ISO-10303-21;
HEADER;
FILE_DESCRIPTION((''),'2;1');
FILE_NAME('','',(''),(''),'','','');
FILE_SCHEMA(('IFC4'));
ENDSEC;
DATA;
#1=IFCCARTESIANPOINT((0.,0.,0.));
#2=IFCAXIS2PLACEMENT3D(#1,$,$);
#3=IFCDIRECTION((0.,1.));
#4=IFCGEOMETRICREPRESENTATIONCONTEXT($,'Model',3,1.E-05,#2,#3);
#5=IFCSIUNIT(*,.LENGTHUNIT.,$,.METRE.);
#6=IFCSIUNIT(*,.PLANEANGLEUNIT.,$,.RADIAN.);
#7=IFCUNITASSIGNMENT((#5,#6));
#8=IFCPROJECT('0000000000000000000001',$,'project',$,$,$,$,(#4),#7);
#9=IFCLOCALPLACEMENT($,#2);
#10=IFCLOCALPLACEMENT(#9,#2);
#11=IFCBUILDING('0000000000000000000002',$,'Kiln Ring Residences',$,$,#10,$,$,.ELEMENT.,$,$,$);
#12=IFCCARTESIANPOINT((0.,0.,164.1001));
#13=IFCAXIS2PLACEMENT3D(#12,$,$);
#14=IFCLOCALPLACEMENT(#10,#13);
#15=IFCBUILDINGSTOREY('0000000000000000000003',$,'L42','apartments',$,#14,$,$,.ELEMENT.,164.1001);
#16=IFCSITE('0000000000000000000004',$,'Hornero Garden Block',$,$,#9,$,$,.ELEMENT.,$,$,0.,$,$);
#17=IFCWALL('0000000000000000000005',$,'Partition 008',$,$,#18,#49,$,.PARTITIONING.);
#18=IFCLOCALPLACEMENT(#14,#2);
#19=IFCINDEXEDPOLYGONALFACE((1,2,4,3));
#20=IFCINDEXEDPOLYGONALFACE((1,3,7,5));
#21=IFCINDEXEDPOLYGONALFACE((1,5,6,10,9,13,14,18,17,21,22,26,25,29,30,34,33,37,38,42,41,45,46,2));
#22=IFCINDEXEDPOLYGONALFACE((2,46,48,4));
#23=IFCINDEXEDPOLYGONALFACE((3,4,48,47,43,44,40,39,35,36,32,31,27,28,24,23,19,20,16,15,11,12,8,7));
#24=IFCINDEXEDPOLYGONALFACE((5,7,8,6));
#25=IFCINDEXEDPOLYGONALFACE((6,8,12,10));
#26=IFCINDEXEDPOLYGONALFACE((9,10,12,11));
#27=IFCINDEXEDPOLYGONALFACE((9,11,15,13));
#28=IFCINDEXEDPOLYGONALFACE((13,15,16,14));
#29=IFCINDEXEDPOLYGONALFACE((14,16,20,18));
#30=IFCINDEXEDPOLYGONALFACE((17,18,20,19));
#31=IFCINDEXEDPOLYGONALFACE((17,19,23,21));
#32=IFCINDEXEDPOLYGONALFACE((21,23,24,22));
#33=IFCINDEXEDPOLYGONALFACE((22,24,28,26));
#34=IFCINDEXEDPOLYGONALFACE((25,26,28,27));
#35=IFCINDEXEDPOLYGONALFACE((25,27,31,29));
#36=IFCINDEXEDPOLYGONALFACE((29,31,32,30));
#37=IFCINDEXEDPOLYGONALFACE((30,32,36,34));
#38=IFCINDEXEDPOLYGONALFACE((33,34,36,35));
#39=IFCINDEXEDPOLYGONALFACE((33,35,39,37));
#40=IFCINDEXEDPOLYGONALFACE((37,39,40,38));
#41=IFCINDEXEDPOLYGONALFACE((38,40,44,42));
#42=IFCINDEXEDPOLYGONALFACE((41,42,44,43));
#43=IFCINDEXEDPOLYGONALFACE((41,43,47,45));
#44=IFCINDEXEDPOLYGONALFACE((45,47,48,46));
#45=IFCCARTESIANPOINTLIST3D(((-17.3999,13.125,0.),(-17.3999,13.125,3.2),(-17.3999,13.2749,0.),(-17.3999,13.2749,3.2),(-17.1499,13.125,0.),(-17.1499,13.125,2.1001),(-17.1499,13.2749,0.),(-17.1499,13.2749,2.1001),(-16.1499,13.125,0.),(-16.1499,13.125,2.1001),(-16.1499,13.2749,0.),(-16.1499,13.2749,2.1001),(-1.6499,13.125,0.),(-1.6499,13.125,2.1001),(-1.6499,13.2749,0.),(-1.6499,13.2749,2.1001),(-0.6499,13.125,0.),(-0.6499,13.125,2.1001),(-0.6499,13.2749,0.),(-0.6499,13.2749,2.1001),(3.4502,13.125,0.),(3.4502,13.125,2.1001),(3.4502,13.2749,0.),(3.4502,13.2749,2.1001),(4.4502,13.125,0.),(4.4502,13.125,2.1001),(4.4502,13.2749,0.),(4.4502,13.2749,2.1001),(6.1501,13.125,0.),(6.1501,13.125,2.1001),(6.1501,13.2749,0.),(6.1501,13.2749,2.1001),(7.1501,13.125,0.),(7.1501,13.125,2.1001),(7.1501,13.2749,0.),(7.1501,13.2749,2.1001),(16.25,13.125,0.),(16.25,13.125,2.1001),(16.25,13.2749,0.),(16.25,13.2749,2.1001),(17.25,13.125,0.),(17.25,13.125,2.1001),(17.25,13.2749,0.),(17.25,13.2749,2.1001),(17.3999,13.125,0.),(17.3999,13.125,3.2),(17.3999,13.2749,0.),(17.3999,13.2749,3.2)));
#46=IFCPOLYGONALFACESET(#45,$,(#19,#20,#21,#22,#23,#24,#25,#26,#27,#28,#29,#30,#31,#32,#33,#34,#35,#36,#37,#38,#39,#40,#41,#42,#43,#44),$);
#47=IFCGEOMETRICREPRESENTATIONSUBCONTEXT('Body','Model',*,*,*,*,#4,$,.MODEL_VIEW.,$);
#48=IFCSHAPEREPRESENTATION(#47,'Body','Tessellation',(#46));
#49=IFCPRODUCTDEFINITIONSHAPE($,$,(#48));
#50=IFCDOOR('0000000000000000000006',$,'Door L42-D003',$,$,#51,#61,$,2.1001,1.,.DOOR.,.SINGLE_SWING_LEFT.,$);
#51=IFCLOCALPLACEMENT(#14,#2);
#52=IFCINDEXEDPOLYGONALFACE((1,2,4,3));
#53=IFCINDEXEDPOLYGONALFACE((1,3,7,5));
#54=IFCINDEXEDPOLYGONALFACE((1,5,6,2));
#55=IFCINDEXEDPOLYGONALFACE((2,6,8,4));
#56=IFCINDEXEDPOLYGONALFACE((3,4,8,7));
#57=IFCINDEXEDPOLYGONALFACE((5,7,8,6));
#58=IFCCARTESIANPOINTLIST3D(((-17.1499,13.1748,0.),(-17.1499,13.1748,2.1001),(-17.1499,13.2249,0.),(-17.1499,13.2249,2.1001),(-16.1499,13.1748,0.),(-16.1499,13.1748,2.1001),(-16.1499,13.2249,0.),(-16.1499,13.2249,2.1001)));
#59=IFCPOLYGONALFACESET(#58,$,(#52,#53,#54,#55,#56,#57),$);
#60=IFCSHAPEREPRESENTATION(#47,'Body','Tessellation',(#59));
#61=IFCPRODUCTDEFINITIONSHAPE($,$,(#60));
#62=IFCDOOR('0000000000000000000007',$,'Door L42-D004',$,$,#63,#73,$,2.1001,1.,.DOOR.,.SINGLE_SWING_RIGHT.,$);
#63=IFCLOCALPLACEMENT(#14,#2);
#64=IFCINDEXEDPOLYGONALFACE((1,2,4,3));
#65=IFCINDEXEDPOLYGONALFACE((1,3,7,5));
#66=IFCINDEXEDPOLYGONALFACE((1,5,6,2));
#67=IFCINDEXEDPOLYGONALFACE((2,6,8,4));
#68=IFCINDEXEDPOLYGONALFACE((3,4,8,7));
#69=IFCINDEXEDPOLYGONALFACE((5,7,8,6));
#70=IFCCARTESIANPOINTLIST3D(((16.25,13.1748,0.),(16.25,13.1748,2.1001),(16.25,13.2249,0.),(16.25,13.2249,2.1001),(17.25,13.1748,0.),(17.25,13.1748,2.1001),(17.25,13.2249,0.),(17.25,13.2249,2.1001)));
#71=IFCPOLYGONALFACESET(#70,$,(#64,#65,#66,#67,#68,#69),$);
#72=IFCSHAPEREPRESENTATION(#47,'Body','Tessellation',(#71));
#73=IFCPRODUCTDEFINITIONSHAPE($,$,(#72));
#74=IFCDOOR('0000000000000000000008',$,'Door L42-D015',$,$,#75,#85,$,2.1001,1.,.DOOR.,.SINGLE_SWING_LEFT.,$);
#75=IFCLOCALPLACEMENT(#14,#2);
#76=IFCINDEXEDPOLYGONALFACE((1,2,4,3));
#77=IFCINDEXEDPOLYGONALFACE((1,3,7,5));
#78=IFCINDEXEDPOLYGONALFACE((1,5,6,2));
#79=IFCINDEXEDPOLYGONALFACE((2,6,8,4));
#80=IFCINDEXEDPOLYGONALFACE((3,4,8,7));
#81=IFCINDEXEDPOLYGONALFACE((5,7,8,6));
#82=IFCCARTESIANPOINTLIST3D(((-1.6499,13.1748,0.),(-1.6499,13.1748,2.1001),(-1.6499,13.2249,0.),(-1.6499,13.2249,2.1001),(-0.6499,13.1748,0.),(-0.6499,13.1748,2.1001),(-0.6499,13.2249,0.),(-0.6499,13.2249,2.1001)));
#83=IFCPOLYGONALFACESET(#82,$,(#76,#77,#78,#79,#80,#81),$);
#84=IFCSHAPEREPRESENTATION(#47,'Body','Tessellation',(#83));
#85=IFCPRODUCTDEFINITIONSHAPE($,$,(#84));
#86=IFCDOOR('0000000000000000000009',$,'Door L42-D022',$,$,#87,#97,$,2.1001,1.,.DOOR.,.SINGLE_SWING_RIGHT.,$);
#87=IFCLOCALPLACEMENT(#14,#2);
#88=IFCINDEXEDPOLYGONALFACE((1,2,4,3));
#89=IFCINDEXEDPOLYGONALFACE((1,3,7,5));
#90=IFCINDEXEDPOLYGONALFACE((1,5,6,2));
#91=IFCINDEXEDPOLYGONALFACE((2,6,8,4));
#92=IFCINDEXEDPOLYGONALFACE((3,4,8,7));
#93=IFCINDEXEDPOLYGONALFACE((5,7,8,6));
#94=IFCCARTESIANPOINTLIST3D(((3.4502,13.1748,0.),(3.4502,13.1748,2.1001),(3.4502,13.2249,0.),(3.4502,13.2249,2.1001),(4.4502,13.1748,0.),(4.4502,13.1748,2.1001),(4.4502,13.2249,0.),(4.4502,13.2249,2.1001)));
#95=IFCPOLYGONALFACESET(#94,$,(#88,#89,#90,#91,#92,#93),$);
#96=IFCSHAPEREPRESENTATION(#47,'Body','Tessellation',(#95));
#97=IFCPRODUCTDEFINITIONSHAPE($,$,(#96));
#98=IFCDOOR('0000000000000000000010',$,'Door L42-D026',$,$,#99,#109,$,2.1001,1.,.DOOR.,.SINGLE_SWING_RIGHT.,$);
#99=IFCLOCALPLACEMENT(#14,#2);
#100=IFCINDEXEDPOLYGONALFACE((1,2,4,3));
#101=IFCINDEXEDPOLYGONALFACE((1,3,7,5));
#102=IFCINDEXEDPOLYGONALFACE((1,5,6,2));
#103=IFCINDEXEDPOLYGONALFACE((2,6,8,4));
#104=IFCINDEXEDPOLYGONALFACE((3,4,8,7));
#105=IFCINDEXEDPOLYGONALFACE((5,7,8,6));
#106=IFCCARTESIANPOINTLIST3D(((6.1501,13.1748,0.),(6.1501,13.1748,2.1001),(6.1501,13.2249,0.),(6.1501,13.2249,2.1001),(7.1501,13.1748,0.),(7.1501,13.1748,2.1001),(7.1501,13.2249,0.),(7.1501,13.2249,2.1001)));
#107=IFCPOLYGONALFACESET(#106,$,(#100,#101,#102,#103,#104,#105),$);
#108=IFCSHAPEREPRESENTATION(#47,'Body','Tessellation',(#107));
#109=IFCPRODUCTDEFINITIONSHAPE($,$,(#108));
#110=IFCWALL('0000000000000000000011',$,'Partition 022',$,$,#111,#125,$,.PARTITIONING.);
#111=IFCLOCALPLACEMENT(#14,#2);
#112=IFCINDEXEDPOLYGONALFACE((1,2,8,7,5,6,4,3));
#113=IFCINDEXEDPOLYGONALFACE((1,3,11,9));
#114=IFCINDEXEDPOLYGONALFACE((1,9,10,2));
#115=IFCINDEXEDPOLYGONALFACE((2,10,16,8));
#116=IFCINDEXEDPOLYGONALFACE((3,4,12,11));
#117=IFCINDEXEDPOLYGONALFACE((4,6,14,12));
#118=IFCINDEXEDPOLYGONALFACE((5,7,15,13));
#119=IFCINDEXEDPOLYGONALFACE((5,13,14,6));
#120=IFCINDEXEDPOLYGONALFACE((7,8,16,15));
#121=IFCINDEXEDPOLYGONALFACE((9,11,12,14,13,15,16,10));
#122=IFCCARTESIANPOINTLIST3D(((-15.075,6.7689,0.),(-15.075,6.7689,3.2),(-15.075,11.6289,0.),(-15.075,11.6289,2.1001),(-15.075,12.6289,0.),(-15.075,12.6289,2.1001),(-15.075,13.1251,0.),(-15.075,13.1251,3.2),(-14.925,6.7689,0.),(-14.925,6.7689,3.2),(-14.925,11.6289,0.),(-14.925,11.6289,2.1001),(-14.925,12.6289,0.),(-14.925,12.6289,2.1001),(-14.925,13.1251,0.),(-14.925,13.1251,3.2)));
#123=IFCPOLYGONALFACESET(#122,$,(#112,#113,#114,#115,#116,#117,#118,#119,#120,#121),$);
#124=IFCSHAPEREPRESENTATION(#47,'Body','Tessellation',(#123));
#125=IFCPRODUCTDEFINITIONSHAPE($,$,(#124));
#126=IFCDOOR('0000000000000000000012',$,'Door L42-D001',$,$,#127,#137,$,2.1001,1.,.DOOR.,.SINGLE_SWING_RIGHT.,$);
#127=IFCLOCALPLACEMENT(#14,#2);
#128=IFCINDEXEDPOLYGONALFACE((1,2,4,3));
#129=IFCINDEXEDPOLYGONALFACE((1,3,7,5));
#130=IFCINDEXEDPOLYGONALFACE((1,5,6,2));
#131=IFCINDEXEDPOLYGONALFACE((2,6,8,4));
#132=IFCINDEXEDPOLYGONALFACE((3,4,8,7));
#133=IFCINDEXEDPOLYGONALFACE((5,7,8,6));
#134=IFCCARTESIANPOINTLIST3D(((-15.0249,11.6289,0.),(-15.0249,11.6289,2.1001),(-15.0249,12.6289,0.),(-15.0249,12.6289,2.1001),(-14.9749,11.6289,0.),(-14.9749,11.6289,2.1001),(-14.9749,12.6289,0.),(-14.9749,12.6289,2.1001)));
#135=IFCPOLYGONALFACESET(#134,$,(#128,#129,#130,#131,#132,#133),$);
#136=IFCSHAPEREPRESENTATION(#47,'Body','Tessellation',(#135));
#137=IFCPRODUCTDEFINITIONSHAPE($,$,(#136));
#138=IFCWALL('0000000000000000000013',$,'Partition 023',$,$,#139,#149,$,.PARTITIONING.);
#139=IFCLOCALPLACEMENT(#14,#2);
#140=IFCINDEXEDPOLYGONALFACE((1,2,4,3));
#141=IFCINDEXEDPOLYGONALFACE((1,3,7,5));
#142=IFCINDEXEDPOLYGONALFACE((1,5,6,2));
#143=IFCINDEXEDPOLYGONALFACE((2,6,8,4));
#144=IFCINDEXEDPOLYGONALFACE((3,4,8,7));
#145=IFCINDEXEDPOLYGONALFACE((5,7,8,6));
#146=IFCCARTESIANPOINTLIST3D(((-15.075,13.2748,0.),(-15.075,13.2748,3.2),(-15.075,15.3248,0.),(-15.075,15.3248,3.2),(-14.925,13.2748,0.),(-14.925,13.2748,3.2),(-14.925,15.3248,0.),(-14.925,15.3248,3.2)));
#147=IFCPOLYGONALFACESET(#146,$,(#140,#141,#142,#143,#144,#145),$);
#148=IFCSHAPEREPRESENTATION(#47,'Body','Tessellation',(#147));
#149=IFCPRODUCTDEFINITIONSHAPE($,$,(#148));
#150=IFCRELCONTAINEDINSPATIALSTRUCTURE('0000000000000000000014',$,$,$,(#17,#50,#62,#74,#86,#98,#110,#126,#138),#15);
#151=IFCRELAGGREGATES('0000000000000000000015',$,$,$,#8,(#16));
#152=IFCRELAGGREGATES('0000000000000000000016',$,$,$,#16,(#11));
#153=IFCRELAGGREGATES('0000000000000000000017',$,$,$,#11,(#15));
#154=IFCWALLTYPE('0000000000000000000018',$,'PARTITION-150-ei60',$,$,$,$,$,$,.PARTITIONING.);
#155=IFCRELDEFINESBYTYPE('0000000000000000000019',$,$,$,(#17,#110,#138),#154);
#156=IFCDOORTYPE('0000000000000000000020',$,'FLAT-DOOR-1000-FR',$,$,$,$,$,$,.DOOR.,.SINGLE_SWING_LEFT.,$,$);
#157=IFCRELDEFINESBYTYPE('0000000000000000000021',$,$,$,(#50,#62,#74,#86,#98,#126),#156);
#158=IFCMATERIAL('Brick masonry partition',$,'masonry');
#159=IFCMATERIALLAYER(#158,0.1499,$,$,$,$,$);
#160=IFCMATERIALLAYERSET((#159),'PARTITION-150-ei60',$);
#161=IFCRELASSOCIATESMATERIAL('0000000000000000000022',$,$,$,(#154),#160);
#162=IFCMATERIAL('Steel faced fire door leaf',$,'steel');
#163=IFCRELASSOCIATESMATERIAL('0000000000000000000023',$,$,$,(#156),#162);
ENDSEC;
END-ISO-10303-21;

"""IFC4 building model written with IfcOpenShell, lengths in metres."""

from ifc_helpers import new_model, si_unit, direction, frame, frame_2d, origin, place, context, subcontext, project, spatial, rectangle, extrude, material, layer, layer_set, type_object, element, fill, save


model = new_model("IFC4")

# Units and contexts
model_context = context("Model", 3, precision=1e-05, world=origin(), true_north=direction((0.0, 1.0)))
body_context = subcontext(model_context, "Body", "Model", "MODEL_VIEW")
ifc_project = project(units=[si_unit("LENGTHUNIT", "METRE"), si_unit("PLANEANGLEUNIT", "RADIAN")], contexts=[model_context])

# Site, building, storey
site_placement = place(None, origin())
site = spatial("IfcSite", under=ifc_project, at=site_placement, Name="Hornero Garden Block", CompositionType="ELEMENT", RefElevation=0.0)
building_placement = place(site_placement, origin())
building = spatial("IfcBuilding", under=site, at=building_placement, Name="Kiln Ring Residences", CompositionType="ELEMENT")
storey_placement = place(building_placement, frame((0.0, 0.0, 164.1001)))
storey = spatial("IfcBuildingStorey", under=building, at=storey_placement, Name="L42", Description="apartments", CompositionType="ELEMENT", Elevation=164.1001)

# Wall, openings, doors
ifc_material_1 = material(Name="Brick masonry partition", Category="masonry")
ifc_layer_1 = layer(ifc_material_1, 0.1499)
ifc_layer_set_1 = layer_set([ifc_layer_1], Name="PARTITION-150-ei60")
wall_type_1 = type_object("IfcWallType", Name="PARTITION-150-ei60", PredefinedType="PARTITIONING", material=ifc_layer_set_1)
wall_1_placement = place(storey_placement, frame((-17.3999, 13.2, 0.0), z_axis=(0.0, 0.0, 1.0), x_axis=(1.0, 0.0, 0.0)))
wall_1 = element("IfcWall", 1, at=wall_1_placement, inside=storey, type_object=wall_type_1, Name="Partition 008", PredefinedType="PARTITIONING", context=body_context, shape_type="SweptSolid", body=[
    extrude(rectangle(XDim=34.7998, YDim=0.1499, at=frame_2d((17.3999, 0.0))), origin(), (0.0, 0.0, 1.0), 3.2),
])
opening_1_placement = place(wall_1_placement, frame((0.25, 0.0, 0.0)))
opening_1 = element("IfcOpeningElement", 2, at=opening_1_placement, cuts=wall_1, PredefinedType="OPENING", context=body_context, shape_type="SweptSolid", body=[
    extrude(rectangle(XDim=1.0, YDim=2.1001, at=frame_2d((0.5, 1.05))), frame((0.0, 0.085, 0.0), z_axis=(0.0, -1.0, 0.0), x_axis=(1.0, 0.0, 0.0)), (0.0, 0.0, 1.0), 0.1699),
])
opening_2_placement = place(wall_1_placement, frame((33.6499, 0.0, 0.0)))
opening_2 = element("IfcOpeningElement", 3, at=opening_2_placement, cuts=wall_1, PredefinedType="OPENING", context=body_context, shape_type="SweptSolid", body=[
    extrude(rectangle(XDim=1.0, YDim=2.1001, at=frame_2d((0.5, 1.05))), frame((0.0, 0.085, 0.0), z_axis=(0.0, -1.0, 0.0), x_axis=(1.0, 0.0, 0.0)), (0.0, 0.0, 1.0), 0.1699),
])
opening_3_placement = place(wall_1_placement, frame((15.75, 0.0, 0.0)))
opening_3 = element("IfcOpeningElement", 4, at=opening_3_placement, cuts=wall_1, PredefinedType="OPENING", context=body_context, shape_type="SweptSolid", body=[
    extrude(rectangle(XDim=1.0, YDim=2.1001, at=frame_2d((0.5, 1.05))), frame((0.0, 0.085, 0.0), z_axis=(0.0, -1.0, 0.0), x_axis=(1.0, 0.0, 0.0)), (0.0, 0.0, 1.0), 0.1699),
])
opening_4_placement = place(wall_1_placement, frame((20.8501, 0.0, 0.0)))
opening_4 = element("IfcOpeningElement", 5, at=opening_4_placement, cuts=wall_1, PredefinedType="OPENING", context=body_context, shape_type="SweptSolid", body=[
    extrude(rectangle(XDim=1.0, YDim=2.1001, at=frame_2d((0.5, 1.05))), frame((0.0, 0.085, 0.0), z_axis=(0.0, -1.0, 0.0), x_axis=(1.0, 0.0, 0.0)), (0.0, 0.0, 1.0), 0.1699),
])
opening_5_placement = place(wall_1_placement, frame((23.55, 0.0, 0.0)))
opening_5 = element("IfcOpeningElement", 6, at=opening_5_placement, cuts=wall_1, PredefinedType="OPENING", context=body_context, shape_type="SweptSolid", body=[
    extrude(rectangle(XDim=1.0, YDim=2.1001, at=frame_2d((0.5, 1.05))), frame((0.0, 0.085, 0.0), z_axis=(0.0, -1.0, 0.0), x_axis=(1.0, 0.0, 0.0)), (0.0, 0.0, 1.0), 0.1699),
])
ifc_material_2 = material(Name="Steel faced fire door leaf", Category="steel")
door_type_1 = type_object("IfcDoorType", Name="FLAT-DOOR-1000-FR", OperationType="SINGLE_SWING_LEFT", PredefinedType="DOOR", material=ifc_material_2)
door_1_placement = place(opening_1_placement, origin())
door_1 = element("IfcDoor", 7, at=door_1_placement, inside=storey, type_object=door_type_1, Name="Door L42-D003", OperationType="SINGLE_SWING_LEFT", OverallHeight=2.1001, OverallWidth=1.0, PredefinedType="DOOR", context=body_context, shape_type="SweptSolid", body=[
    extrude(rectangle(XDim=1.0, YDim=2.1001, at=frame_2d((0.5, 1.05))), frame((0.0, 0.0249, 0.0), z_axis=(0.0, -1.0, 0.0), x_axis=(1.0, 0.0, 0.0)), (0.0, 0.0, 1.0), 0.05),
])
fill(opening_1, door_1)
door_2_placement = place(opening_2_placement, origin())
door_2 = element("IfcDoor", 8, at=door_2_placement, inside=storey, type_object=door_type_1, Name="Door L42-D004", OperationType="SINGLE_SWING_RIGHT", OverallHeight=2.1001, OverallWidth=1.0, PredefinedType="DOOR", context=body_context, shape_type="SweptSolid", body=[
    extrude(rectangle(XDim=1.0, YDim=2.1001, at=frame_2d((0.5, 1.05))), frame((0.0, 0.0249, 0.0), z_axis=(0.0, -1.0, 0.0), x_axis=(1.0, 0.0, 0.0)), (0.0, 0.0, 1.0), 0.05),
])
fill(opening_2, door_2)
door_3_placement = place(opening_3_placement, origin())
door_3 = element("IfcDoor", 9, at=door_3_placement, inside=storey, type_object=door_type_1, Name="Door L42-D015", OperationType="SINGLE_SWING_LEFT", OverallHeight=2.1001, OverallWidth=1.0, PredefinedType="DOOR", context=body_context, shape_type="SweptSolid", body=[
    extrude(rectangle(XDim=1.0, YDim=2.1001, at=frame_2d((0.5, 1.05))), frame((0.0, 0.0249, 0.0), z_axis=(0.0, -1.0, 0.0), x_axis=(1.0, 0.0, 0.0)), (0.0, 0.0, 1.0), 0.05),
])
fill(opening_3, door_3)
door_4_placement = place(opening_4_placement, origin())
door_4 = element("IfcDoor", 10, at=door_4_placement, inside=storey, type_object=door_type_1, Name="Door L42-D022", OperationType="SINGLE_SWING_RIGHT", OverallHeight=2.1001, OverallWidth=1.0, PredefinedType="DOOR", context=body_context, shape_type="SweptSolid", body=[
    extrude(rectangle(XDim=1.0, YDim=2.1001, at=frame_2d((0.5, 1.05))), frame((0.0, 0.0249, 0.0), z_axis=(0.0, -1.0, 0.0), x_axis=(1.0, 0.0, 0.0)), (0.0, 0.0, 1.0), 0.05),
])
fill(opening_4, door_4)
door_5_placement = place(opening_5_placement, origin())
door_5 = element("IfcDoor", 11, at=door_5_placement, inside=storey, type_object=door_type_1, Name="Door L42-D026", OperationType="SINGLE_SWING_RIGHT", OverallHeight=2.1001, OverallWidth=1.0, PredefinedType="DOOR", context=body_context, shape_type="SweptSolid", body=[
    extrude(rectangle(XDim=1.0, YDim=2.1001, at=frame_2d((0.5, 1.05))), frame((0.0, 0.0249, 0.0), z_axis=(0.0, -1.0, 0.0), x_axis=(1.0, 0.0, 0.0)), (0.0, 0.0, 1.0), 0.05),
])
fill(opening_5, door_5)

# Wall, opening, door
wall_2_placement = place(storey_placement, frame((-15.0, 6.7688, 0.0), z_axis=(0.0, 0.0, 1.0), x_axis=(0.0, 1.0, 0.0)))
wall_2 = element("IfcWall", 12, at=wall_2_placement, inside=storey, type_object=wall_type_1, Name="Partition 022", PredefinedType="PARTITIONING", context=body_context, shape_type="SweptSolid", body=[
    extrude(rectangle(XDim=6.3562, YDim=0.1499, at=frame_2d((3.1782, 0.0))), origin(), (0.0, 0.0, 1.0), 3.2),
])
opening_6_placement = place(wall_2_placement, frame((4.8601, 0.0, 0.0)))
opening_6 = element("IfcOpeningElement", 13, at=opening_6_placement, cuts=wall_2, PredefinedType="OPENING", context=body_context, shape_type="SweptSolid", body=[
    extrude(rectangle(XDim=1.0, YDim=2.1001, at=frame_2d((0.5, 1.05))), frame((0.0, 0.085, 0.0), z_axis=(0.0, -1.0, 0.0), x_axis=(1.0, 0.0, 0.0)), (0.0, 0.0, 1.0), 0.1699),
])
door_6_placement = place(opening_6_placement, origin())
door_6 = element("IfcDoor", 14, at=door_6_placement, inside=storey, type_object=door_type_1, Name="Door L42-D001", OperationType="SINGLE_SWING_RIGHT", OverallHeight=2.1001, OverallWidth=1.0, PredefinedType="DOOR", context=body_context, shape_type="SweptSolid", body=[
    extrude(rectangle(XDim=1.0, YDim=2.1001, at=frame_2d((0.5, 1.05))), frame((0.0, 0.0249, 0.0), z_axis=(0.0, -1.0, 0.0), x_axis=(1.0, 0.0, 0.0)), (0.0, 0.0, 1.0), 0.05),
])
fill(opening_6, door_6)

# Wall
wall_3_placement = place(storey_placement, frame((-15.0, 13.2749, 0.0), z_axis=(0.0, 0.0, 1.0), x_axis=(0.0, 1.0, 0.0)))
element("IfcWall", 15, at=wall_3_placement, inside=storey, type_object=wall_type_1, Name="Partition 023", PredefinedType="PARTITIONING", context=body_context, shape_type="SweptSolid", body=[
    extrude(rectangle(XDim=2.05, YDim=0.1499, at=frame_2d((1.0249, 0.0))), origin(), (0.0, 0.0, 1.0), 3.2),
])

save(model, "model.ifc")
